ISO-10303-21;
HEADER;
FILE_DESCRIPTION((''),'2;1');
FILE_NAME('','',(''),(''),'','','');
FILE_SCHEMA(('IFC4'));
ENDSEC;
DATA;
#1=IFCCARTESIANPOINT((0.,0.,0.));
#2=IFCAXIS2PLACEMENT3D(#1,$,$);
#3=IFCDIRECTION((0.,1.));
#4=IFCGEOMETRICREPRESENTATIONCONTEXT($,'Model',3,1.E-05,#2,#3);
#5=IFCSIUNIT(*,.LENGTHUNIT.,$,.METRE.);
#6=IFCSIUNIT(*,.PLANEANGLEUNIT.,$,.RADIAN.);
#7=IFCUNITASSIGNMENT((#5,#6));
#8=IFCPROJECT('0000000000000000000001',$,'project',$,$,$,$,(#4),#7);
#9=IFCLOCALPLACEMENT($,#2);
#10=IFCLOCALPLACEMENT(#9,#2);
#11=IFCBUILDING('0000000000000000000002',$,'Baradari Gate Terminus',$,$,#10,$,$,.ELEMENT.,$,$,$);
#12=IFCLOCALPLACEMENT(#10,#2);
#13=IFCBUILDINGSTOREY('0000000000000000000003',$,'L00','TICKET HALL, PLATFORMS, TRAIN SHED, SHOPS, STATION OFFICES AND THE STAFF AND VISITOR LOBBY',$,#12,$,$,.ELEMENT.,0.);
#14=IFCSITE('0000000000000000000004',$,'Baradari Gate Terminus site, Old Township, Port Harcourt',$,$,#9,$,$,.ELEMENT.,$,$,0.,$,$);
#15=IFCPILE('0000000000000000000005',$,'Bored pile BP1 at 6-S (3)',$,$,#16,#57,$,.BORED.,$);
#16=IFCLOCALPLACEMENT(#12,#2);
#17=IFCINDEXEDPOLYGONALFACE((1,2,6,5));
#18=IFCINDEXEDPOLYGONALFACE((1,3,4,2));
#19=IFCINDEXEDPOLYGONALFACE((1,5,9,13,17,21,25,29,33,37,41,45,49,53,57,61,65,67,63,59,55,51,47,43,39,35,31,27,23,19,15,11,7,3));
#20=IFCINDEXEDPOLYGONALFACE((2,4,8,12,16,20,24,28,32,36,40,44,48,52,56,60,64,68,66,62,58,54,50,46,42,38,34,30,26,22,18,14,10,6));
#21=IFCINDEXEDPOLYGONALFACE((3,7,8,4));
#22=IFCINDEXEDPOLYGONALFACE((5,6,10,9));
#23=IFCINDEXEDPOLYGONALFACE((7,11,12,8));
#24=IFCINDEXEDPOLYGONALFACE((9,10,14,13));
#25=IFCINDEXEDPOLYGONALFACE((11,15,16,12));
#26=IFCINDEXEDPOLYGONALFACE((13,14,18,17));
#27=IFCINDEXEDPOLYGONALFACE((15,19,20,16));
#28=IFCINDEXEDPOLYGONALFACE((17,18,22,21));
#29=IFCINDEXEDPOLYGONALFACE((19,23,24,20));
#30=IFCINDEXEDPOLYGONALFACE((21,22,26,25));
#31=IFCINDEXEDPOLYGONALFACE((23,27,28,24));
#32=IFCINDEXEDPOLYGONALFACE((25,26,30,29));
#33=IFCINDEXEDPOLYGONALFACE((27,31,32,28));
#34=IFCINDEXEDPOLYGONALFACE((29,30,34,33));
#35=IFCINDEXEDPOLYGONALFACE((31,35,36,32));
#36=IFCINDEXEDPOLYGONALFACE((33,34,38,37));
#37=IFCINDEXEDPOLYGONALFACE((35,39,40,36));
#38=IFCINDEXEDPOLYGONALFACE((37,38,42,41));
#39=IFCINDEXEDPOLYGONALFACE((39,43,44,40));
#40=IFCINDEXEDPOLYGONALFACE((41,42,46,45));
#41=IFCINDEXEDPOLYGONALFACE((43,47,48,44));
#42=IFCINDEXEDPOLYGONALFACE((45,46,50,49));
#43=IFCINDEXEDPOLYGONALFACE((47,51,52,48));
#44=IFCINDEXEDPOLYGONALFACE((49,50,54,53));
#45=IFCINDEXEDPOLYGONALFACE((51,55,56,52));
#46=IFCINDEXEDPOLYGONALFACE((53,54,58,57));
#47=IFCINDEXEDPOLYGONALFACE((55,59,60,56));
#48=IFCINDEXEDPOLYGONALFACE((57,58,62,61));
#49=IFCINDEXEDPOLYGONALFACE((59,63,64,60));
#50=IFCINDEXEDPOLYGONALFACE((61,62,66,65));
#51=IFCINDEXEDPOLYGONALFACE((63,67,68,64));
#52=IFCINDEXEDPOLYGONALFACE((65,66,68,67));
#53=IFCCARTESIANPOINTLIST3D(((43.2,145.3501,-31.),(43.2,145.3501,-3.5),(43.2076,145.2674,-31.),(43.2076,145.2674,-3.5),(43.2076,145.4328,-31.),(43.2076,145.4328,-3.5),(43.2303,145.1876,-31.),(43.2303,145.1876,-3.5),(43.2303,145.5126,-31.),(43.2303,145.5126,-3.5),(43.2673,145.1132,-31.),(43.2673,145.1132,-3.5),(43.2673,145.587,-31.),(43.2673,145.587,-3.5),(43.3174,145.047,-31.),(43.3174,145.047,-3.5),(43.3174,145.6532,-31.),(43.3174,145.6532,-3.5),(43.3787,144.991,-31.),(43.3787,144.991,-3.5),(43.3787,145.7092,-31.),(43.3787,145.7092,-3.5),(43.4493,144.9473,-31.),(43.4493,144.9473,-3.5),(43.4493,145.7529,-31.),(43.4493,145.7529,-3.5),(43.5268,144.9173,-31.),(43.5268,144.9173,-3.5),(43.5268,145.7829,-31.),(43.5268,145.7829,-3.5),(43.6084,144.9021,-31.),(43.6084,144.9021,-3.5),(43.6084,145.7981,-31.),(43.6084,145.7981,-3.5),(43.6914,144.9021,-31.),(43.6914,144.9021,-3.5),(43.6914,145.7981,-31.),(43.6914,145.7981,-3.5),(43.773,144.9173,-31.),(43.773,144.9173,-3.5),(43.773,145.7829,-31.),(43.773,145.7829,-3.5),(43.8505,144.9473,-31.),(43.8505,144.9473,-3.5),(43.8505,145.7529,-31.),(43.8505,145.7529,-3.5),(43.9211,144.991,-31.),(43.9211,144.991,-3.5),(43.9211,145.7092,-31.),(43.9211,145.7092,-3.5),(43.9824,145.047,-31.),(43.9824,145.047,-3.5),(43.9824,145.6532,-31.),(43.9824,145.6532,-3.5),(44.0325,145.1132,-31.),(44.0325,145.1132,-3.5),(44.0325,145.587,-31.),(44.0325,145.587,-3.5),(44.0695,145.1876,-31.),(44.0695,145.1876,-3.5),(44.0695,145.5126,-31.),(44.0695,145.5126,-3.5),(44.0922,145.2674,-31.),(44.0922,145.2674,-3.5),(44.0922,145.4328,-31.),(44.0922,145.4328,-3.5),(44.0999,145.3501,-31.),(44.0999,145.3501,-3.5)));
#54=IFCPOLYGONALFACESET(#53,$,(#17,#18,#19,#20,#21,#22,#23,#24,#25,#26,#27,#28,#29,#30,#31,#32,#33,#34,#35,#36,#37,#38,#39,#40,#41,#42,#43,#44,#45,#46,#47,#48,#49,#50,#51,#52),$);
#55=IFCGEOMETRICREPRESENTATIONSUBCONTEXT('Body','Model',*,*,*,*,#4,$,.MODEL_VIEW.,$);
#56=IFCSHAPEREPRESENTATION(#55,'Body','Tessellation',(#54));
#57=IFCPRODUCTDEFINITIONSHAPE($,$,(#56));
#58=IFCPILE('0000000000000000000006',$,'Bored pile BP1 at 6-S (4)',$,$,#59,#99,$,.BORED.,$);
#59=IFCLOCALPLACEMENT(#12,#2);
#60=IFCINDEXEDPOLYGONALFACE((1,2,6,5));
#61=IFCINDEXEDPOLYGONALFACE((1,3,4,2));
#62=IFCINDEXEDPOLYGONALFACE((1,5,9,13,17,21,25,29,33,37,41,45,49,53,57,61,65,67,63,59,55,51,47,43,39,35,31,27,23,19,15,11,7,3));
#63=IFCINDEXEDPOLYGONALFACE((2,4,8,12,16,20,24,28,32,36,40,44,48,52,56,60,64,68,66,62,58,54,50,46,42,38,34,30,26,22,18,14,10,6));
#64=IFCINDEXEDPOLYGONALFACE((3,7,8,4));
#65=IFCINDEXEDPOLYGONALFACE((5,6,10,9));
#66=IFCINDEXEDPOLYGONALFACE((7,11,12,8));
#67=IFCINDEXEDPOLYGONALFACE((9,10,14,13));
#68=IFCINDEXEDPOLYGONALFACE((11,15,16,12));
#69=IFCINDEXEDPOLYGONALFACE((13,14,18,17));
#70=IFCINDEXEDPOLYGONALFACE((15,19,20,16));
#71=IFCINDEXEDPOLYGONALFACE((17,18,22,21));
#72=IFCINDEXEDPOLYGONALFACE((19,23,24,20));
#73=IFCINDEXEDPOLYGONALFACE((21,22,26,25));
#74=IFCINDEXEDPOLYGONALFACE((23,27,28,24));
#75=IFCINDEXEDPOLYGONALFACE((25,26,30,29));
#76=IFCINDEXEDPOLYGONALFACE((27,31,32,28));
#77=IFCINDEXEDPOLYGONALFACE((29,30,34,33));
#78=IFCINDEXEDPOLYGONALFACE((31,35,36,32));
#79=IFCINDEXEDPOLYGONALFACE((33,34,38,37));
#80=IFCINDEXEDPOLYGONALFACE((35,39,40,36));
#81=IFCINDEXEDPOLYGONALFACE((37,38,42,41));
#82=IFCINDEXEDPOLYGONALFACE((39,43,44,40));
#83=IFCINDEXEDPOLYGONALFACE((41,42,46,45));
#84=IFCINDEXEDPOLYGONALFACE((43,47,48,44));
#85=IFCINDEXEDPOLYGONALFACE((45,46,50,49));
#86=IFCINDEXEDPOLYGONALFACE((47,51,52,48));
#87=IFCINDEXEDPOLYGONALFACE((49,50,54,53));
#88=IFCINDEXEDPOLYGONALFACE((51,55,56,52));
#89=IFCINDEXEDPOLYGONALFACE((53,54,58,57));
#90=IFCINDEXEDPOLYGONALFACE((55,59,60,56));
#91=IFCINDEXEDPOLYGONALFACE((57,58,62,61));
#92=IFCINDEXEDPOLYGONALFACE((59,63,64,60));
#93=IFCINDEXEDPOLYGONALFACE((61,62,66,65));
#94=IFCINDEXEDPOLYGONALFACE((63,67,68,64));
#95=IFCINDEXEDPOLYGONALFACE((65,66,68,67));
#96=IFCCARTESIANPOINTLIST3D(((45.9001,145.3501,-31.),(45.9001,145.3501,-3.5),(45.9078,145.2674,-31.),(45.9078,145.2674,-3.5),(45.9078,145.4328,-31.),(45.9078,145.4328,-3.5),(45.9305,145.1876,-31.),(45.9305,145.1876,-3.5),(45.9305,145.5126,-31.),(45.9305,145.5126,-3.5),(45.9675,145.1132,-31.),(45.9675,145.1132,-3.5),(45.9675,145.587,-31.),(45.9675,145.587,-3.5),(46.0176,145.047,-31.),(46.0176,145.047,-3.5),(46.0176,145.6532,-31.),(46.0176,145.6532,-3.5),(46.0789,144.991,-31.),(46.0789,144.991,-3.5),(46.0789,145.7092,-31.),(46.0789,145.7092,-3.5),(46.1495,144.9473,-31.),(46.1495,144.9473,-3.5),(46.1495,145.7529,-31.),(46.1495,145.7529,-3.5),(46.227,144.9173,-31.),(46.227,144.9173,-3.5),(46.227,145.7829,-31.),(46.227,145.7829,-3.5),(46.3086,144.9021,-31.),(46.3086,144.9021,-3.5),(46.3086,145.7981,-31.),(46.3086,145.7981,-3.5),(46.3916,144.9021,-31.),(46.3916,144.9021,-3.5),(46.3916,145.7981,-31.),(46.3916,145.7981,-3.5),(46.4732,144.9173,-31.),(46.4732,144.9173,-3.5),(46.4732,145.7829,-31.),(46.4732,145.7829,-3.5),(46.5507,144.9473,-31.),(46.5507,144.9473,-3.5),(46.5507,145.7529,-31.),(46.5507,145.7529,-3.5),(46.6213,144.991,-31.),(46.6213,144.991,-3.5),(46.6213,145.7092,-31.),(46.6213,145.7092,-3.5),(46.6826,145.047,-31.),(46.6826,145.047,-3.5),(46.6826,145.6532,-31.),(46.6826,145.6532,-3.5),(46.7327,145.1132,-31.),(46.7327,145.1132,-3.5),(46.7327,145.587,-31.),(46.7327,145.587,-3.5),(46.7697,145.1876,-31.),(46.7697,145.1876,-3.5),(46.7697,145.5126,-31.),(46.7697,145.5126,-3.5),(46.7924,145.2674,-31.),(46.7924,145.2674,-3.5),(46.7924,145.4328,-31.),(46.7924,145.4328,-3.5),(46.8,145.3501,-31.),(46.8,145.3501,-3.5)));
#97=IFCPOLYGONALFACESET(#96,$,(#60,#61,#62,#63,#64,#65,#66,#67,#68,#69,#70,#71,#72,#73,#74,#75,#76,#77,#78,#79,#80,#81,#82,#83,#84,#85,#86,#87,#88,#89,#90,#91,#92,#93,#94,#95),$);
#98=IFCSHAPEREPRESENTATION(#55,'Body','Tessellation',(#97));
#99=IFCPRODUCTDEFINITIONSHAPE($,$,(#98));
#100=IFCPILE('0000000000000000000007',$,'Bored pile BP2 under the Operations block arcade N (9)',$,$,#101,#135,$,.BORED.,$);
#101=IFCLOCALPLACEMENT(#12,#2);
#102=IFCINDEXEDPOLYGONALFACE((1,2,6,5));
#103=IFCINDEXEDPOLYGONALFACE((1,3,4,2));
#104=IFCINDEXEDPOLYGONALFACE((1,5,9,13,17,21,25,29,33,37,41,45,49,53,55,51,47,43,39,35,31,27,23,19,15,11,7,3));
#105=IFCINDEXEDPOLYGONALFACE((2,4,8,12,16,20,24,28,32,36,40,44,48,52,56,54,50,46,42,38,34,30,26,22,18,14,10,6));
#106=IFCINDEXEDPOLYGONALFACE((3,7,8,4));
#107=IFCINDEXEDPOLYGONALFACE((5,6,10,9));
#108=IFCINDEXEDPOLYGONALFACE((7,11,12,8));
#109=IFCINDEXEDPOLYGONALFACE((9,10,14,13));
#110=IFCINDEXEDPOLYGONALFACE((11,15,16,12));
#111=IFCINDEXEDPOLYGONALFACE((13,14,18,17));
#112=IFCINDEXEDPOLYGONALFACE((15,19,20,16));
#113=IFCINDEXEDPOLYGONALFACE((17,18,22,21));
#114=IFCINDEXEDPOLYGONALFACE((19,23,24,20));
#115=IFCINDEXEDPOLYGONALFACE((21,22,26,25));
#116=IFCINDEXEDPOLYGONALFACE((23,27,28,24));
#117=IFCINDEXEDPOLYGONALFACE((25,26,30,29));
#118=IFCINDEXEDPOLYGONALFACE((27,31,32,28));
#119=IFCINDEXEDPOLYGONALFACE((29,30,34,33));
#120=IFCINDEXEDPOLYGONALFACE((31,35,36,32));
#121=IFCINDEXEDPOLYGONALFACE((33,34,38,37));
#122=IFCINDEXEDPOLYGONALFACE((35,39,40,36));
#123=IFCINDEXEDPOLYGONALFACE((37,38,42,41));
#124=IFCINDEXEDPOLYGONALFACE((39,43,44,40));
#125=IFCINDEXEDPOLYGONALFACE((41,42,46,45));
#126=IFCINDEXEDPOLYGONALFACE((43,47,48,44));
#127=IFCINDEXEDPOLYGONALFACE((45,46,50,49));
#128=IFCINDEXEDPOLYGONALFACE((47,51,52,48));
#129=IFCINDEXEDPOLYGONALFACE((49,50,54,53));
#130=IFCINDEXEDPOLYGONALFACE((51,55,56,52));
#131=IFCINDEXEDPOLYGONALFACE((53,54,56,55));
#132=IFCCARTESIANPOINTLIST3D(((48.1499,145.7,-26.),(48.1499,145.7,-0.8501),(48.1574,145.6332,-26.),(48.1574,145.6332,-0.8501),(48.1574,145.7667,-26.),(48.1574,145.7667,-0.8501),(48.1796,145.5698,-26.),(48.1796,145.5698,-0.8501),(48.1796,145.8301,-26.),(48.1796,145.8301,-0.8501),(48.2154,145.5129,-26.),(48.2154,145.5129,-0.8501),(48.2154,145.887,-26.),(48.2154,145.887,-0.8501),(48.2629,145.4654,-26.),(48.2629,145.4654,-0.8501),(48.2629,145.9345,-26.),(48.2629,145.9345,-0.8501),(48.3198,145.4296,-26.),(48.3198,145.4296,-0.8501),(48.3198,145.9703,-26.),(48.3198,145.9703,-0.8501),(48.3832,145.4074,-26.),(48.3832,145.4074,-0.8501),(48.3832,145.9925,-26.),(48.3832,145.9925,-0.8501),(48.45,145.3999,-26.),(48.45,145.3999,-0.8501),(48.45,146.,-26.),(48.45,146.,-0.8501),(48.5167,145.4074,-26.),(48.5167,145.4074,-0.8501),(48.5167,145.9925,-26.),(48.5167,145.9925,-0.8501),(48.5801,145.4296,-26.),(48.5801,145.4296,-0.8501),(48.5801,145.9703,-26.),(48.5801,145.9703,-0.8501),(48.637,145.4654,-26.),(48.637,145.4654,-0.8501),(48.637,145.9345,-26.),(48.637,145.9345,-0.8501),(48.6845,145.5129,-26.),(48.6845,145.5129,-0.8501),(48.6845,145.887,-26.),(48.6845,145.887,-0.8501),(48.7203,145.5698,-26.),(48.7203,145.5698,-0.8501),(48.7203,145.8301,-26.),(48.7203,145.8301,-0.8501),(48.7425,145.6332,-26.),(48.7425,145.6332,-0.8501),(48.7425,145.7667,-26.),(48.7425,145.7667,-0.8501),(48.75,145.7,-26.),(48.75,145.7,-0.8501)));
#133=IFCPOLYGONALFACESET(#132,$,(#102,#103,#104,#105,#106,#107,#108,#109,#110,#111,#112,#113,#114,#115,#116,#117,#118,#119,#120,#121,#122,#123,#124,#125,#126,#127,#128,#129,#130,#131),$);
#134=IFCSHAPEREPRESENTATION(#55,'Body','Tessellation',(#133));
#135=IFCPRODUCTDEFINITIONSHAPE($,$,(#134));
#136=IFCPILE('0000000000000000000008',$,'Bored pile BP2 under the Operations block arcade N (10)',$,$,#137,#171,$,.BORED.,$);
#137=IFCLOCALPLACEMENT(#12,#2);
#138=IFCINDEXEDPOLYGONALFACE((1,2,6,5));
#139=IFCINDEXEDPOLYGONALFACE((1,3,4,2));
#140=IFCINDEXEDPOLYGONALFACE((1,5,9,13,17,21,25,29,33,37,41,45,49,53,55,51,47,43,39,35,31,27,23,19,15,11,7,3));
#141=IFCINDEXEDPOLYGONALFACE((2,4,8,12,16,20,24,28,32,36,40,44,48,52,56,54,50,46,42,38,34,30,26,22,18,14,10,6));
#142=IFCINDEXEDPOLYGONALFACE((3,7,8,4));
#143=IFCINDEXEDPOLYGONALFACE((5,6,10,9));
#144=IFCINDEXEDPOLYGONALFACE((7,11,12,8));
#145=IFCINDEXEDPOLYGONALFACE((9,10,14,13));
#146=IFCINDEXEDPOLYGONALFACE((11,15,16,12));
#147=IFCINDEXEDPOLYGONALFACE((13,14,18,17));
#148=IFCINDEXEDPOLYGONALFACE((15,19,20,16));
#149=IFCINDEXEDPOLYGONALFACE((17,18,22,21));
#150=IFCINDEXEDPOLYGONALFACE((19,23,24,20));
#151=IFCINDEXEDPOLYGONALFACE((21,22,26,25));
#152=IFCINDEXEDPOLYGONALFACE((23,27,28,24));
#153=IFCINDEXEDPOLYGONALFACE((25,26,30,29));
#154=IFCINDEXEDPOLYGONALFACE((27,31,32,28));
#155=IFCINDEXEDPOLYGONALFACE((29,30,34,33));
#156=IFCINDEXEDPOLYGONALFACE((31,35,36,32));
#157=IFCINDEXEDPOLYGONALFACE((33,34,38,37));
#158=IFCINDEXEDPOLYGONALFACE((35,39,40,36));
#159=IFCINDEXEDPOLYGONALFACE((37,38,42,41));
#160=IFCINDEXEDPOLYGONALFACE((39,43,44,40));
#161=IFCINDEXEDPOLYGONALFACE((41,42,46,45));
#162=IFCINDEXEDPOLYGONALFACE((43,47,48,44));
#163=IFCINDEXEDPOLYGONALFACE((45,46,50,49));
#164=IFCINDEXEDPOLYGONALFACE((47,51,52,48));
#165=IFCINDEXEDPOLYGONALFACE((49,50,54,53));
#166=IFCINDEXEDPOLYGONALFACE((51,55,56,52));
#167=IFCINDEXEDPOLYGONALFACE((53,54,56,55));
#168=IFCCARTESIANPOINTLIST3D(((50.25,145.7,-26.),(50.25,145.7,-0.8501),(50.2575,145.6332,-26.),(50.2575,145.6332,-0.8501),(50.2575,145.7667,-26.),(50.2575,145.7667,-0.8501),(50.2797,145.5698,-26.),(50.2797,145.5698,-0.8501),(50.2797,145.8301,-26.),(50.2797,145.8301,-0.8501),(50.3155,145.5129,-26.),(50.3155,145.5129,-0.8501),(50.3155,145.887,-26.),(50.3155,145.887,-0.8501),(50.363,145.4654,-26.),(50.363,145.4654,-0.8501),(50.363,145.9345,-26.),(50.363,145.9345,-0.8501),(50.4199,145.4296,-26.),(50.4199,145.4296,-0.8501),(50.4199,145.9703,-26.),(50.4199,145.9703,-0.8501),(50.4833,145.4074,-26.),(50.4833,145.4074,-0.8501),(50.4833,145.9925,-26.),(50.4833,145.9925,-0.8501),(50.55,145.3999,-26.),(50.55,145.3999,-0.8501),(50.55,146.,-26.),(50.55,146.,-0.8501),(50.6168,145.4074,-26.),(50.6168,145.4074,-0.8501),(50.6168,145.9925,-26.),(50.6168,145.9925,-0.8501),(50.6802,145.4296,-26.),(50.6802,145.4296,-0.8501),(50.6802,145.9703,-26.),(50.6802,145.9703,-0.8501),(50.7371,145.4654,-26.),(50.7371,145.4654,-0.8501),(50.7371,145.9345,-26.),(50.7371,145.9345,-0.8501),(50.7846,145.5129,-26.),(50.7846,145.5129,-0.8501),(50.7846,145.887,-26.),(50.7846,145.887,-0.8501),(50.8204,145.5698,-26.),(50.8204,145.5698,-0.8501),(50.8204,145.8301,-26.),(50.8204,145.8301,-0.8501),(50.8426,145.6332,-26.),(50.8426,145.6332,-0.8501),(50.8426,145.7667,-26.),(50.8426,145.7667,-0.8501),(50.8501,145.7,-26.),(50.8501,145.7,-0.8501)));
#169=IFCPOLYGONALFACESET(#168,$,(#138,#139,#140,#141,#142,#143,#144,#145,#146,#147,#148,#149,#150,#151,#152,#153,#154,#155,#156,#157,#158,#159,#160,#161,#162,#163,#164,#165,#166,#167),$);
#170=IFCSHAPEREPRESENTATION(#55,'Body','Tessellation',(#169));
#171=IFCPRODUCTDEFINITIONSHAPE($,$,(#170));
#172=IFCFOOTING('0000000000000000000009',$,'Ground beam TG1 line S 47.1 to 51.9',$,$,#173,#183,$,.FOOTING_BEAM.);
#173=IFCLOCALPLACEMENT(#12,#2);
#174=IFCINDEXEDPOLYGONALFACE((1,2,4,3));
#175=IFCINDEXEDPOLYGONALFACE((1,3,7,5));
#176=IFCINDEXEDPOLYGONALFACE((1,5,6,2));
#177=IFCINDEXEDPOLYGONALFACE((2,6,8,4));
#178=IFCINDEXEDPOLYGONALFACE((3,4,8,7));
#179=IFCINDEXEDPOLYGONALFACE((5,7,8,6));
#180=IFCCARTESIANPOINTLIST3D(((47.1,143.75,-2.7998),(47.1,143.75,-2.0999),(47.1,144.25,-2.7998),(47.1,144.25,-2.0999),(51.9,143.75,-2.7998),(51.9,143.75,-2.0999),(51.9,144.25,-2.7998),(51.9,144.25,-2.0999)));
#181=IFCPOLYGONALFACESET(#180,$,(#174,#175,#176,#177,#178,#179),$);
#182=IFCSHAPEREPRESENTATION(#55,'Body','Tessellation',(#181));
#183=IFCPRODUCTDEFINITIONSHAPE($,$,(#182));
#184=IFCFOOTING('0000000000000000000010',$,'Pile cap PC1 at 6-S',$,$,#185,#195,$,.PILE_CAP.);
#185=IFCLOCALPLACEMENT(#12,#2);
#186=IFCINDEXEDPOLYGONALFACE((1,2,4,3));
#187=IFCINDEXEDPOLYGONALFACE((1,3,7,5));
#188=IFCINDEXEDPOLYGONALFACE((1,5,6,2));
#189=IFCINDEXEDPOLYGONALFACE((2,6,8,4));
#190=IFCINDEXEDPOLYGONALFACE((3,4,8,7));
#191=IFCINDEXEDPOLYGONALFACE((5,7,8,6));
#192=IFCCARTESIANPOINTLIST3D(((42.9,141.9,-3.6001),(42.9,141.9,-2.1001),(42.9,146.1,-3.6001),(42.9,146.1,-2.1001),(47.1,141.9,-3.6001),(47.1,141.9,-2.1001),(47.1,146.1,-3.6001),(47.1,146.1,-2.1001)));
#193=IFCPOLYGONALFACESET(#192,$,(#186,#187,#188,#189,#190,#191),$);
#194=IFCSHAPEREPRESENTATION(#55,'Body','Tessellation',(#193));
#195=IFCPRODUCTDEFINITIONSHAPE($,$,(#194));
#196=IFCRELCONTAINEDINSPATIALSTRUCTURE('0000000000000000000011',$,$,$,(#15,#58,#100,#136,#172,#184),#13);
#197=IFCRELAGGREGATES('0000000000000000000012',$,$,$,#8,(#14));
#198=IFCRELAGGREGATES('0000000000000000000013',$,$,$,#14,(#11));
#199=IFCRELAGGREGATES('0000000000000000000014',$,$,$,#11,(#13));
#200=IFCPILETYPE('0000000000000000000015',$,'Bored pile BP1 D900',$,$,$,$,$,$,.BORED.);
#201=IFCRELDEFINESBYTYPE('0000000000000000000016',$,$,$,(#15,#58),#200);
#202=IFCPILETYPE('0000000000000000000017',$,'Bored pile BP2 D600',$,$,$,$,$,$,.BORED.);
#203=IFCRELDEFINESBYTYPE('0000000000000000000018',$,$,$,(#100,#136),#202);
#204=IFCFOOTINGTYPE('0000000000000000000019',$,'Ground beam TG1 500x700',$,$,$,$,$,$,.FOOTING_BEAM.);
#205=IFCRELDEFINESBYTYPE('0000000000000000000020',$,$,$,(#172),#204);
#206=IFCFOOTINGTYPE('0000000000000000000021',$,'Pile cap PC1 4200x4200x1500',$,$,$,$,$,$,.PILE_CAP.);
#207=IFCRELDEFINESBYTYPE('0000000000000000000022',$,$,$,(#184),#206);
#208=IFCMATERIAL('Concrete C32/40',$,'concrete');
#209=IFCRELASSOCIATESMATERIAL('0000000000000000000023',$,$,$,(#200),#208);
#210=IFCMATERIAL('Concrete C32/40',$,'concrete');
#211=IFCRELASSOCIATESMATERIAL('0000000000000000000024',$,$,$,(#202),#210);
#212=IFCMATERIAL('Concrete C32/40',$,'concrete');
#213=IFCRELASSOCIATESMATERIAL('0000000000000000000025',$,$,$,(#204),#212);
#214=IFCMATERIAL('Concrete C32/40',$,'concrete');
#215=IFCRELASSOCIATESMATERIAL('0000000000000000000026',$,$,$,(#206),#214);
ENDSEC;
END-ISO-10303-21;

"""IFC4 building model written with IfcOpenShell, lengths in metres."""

from ifc_helpers import new_model, si_unit, direction, frame, origin, origin_2d, place, context, subcontext, project, spatial, rectangle, circle, extrude, material, type_object, element, save


model = new_model("IFC4")

# Units and contexts
model_context = context("Model", 3, precision=1e-05, world=origin(), true_north=direction((0.0, 1.0)))
body_context = subcontext(model_context, "Body", "Model", "MODEL_VIEW")
ifc_project = project(units=[si_unit("LENGTHUNIT", "METRE"), si_unit("PLANEANGLEUNIT", "RADIAN")], contexts=[model_context])

# Site, building, storey
site_placement = place(None, origin())
site = spatial("IfcSite", under=ifc_project, at=site_placement, Name="Baradari Gate Terminus site, Old Township, Port Harcourt", CompositionType="ELEMENT", RefElevation=0.0)
building_placement = place(site_placement, origin())
building = spatial("IfcBuilding", under=site, at=building_placement, Name="Baradari Gate Terminus", CompositionType="ELEMENT")
storey_placement = place(building_placement, origin())
storey = spatial("IfcBuildingStorey", under=building, at=storey_placement, Name="L00", Description="TICKET HALL, PLATFORMS, TRAIN SHED, SHOPS, STATION OFFICES AND THE STAFF AND VISITOR LOBBY", CompositionType="ELEMENT", Elevation=0.0)

# Piles
ifc_material_1 = material(Name="Concrete C32/40", Category="concrete")
pile_type_1 = type_object("IfcPileType", Name="Bored pile BP1 D900", PredefinedType="BORED", material=ifc_material_1)
for number, where, z_axis, x_axis, name in (
    (1, (43.6499, 145.3501, -3.5), (0.0, 0.0, -1.0), (1.0, 0.0, 0.0), "Bored pile BP1 at 6-S (3)"),
    (2, (46.3501, 145.3501, -3.5), (0.0, 0.0, -1.0), (1.0, 0.0, 0.0), "Bored pile BP1 at 6-S (4)"),
):
    element("IfcPile", number, at=place(storey_placement, frame(where, z_axis=z_axis, x_axis=x_axis)), inside=storey, type_object=pile_type_1, Name=name, PredefinedType="BORED", context=body_context, shape_type="SweptSolid", body=[
        extrude(circle(Radius=0.45, at=origin_2d()), origin(), (0.0, 0.0, 1.0), 27.5),
    ])
ifc_material_2 = material(Name="Concrete C32/40", Category="concrete")
pile_type_2 = type_object("IfcPileType", Name="Bored pile BP2 D600", PredefinedType="BORED", material=ifc_material_2)
for number, where, z_axis, x_axis, name in (
    (3, (48.45, 145.7, -0.8501), (0.0, 0.0, -1.0), (1.0, 0.0, 0.0), "Bored pile BP2 under the Operations block arcade N (9)"),
    (4, (50.55, 145.7, -0.8501), (0.0, 0.0, -1.0), (1.0, 0.0, 0.0), "Bored pile BP2 under the Operations block arcade N (10)"),
):
    element("IfcPile", number, at=place(storey_placement, frame(where, z_axis=z_axis, x_axis=x_axis)), inside=storey, type_object=pile_type_2, Name=name, PredefinedType="BORED", context=body_context, shape_type="SweptSolid", body=[
        extrude(circle(Radius=0.3, at=origin_2d()), origin(), (0.0, 0.0, 1.0), 25.1499),
    ])

# Footings
ifc_material_3 = material(Name="Concrete C32/40", Category="concrete")
footing_type_1 = type_object("IfcFootingType", Name="Ground beam TG1 500x700", PredefinedType="FOOTING_BEAM", material=ifc_material_3)
footing_1_placement = place(storey_placement, frame((49.5, 144.0, -2.7998), z_axis=(0.0, 0.0, 1.0), x_axis=(1.0, 0.0, 0.0)))
element("IfcFooting", 5, at=footing_1_placement, inside=storey, type_object=footing_type_1, Name="Ground beam TG1 line S 47.1 to 51.9", PredefinedType="FOOTING_BEAM", context=body_context, shape_type="SweptSolid", body=[
    extrude(rectangle(XDim=4.8, YDim=0.5, at=origin_2d()), origin(), (0.0, 0.0, 1.0), 0.7),
])
ifc_material_4 = material(Name="Concrete C32/40", Category="concrete")
footing_type_2 = type_object("IfcFootingType", Name="Pile cap PC1 4200x4200x1500", PredefinedType="PILE_CAP", material=ifc_material_4)
footing_2_placement = place(storey_placement, frame((45.0, 144.0, -3.6001), z_axis=(0.0, 0.0, 1.0), x_axis=(1.0, 0.0, 0.0)))
element("IfcFooting", 6, at=footing_2_placement, inside=storey, type_object=footing_type_2, Name="Pile cap PC1 at 6-S", PredefinedType="PILE_CAP", context=body_context, shape_type="SweptSolid", body=[
    extrude(rectangle(XDim=4.2, YDim=4.2, at=origin_2d()), origin(), (0.0, 0.0, 1.0), 1.5),
])

save(model, "model.ifc")
